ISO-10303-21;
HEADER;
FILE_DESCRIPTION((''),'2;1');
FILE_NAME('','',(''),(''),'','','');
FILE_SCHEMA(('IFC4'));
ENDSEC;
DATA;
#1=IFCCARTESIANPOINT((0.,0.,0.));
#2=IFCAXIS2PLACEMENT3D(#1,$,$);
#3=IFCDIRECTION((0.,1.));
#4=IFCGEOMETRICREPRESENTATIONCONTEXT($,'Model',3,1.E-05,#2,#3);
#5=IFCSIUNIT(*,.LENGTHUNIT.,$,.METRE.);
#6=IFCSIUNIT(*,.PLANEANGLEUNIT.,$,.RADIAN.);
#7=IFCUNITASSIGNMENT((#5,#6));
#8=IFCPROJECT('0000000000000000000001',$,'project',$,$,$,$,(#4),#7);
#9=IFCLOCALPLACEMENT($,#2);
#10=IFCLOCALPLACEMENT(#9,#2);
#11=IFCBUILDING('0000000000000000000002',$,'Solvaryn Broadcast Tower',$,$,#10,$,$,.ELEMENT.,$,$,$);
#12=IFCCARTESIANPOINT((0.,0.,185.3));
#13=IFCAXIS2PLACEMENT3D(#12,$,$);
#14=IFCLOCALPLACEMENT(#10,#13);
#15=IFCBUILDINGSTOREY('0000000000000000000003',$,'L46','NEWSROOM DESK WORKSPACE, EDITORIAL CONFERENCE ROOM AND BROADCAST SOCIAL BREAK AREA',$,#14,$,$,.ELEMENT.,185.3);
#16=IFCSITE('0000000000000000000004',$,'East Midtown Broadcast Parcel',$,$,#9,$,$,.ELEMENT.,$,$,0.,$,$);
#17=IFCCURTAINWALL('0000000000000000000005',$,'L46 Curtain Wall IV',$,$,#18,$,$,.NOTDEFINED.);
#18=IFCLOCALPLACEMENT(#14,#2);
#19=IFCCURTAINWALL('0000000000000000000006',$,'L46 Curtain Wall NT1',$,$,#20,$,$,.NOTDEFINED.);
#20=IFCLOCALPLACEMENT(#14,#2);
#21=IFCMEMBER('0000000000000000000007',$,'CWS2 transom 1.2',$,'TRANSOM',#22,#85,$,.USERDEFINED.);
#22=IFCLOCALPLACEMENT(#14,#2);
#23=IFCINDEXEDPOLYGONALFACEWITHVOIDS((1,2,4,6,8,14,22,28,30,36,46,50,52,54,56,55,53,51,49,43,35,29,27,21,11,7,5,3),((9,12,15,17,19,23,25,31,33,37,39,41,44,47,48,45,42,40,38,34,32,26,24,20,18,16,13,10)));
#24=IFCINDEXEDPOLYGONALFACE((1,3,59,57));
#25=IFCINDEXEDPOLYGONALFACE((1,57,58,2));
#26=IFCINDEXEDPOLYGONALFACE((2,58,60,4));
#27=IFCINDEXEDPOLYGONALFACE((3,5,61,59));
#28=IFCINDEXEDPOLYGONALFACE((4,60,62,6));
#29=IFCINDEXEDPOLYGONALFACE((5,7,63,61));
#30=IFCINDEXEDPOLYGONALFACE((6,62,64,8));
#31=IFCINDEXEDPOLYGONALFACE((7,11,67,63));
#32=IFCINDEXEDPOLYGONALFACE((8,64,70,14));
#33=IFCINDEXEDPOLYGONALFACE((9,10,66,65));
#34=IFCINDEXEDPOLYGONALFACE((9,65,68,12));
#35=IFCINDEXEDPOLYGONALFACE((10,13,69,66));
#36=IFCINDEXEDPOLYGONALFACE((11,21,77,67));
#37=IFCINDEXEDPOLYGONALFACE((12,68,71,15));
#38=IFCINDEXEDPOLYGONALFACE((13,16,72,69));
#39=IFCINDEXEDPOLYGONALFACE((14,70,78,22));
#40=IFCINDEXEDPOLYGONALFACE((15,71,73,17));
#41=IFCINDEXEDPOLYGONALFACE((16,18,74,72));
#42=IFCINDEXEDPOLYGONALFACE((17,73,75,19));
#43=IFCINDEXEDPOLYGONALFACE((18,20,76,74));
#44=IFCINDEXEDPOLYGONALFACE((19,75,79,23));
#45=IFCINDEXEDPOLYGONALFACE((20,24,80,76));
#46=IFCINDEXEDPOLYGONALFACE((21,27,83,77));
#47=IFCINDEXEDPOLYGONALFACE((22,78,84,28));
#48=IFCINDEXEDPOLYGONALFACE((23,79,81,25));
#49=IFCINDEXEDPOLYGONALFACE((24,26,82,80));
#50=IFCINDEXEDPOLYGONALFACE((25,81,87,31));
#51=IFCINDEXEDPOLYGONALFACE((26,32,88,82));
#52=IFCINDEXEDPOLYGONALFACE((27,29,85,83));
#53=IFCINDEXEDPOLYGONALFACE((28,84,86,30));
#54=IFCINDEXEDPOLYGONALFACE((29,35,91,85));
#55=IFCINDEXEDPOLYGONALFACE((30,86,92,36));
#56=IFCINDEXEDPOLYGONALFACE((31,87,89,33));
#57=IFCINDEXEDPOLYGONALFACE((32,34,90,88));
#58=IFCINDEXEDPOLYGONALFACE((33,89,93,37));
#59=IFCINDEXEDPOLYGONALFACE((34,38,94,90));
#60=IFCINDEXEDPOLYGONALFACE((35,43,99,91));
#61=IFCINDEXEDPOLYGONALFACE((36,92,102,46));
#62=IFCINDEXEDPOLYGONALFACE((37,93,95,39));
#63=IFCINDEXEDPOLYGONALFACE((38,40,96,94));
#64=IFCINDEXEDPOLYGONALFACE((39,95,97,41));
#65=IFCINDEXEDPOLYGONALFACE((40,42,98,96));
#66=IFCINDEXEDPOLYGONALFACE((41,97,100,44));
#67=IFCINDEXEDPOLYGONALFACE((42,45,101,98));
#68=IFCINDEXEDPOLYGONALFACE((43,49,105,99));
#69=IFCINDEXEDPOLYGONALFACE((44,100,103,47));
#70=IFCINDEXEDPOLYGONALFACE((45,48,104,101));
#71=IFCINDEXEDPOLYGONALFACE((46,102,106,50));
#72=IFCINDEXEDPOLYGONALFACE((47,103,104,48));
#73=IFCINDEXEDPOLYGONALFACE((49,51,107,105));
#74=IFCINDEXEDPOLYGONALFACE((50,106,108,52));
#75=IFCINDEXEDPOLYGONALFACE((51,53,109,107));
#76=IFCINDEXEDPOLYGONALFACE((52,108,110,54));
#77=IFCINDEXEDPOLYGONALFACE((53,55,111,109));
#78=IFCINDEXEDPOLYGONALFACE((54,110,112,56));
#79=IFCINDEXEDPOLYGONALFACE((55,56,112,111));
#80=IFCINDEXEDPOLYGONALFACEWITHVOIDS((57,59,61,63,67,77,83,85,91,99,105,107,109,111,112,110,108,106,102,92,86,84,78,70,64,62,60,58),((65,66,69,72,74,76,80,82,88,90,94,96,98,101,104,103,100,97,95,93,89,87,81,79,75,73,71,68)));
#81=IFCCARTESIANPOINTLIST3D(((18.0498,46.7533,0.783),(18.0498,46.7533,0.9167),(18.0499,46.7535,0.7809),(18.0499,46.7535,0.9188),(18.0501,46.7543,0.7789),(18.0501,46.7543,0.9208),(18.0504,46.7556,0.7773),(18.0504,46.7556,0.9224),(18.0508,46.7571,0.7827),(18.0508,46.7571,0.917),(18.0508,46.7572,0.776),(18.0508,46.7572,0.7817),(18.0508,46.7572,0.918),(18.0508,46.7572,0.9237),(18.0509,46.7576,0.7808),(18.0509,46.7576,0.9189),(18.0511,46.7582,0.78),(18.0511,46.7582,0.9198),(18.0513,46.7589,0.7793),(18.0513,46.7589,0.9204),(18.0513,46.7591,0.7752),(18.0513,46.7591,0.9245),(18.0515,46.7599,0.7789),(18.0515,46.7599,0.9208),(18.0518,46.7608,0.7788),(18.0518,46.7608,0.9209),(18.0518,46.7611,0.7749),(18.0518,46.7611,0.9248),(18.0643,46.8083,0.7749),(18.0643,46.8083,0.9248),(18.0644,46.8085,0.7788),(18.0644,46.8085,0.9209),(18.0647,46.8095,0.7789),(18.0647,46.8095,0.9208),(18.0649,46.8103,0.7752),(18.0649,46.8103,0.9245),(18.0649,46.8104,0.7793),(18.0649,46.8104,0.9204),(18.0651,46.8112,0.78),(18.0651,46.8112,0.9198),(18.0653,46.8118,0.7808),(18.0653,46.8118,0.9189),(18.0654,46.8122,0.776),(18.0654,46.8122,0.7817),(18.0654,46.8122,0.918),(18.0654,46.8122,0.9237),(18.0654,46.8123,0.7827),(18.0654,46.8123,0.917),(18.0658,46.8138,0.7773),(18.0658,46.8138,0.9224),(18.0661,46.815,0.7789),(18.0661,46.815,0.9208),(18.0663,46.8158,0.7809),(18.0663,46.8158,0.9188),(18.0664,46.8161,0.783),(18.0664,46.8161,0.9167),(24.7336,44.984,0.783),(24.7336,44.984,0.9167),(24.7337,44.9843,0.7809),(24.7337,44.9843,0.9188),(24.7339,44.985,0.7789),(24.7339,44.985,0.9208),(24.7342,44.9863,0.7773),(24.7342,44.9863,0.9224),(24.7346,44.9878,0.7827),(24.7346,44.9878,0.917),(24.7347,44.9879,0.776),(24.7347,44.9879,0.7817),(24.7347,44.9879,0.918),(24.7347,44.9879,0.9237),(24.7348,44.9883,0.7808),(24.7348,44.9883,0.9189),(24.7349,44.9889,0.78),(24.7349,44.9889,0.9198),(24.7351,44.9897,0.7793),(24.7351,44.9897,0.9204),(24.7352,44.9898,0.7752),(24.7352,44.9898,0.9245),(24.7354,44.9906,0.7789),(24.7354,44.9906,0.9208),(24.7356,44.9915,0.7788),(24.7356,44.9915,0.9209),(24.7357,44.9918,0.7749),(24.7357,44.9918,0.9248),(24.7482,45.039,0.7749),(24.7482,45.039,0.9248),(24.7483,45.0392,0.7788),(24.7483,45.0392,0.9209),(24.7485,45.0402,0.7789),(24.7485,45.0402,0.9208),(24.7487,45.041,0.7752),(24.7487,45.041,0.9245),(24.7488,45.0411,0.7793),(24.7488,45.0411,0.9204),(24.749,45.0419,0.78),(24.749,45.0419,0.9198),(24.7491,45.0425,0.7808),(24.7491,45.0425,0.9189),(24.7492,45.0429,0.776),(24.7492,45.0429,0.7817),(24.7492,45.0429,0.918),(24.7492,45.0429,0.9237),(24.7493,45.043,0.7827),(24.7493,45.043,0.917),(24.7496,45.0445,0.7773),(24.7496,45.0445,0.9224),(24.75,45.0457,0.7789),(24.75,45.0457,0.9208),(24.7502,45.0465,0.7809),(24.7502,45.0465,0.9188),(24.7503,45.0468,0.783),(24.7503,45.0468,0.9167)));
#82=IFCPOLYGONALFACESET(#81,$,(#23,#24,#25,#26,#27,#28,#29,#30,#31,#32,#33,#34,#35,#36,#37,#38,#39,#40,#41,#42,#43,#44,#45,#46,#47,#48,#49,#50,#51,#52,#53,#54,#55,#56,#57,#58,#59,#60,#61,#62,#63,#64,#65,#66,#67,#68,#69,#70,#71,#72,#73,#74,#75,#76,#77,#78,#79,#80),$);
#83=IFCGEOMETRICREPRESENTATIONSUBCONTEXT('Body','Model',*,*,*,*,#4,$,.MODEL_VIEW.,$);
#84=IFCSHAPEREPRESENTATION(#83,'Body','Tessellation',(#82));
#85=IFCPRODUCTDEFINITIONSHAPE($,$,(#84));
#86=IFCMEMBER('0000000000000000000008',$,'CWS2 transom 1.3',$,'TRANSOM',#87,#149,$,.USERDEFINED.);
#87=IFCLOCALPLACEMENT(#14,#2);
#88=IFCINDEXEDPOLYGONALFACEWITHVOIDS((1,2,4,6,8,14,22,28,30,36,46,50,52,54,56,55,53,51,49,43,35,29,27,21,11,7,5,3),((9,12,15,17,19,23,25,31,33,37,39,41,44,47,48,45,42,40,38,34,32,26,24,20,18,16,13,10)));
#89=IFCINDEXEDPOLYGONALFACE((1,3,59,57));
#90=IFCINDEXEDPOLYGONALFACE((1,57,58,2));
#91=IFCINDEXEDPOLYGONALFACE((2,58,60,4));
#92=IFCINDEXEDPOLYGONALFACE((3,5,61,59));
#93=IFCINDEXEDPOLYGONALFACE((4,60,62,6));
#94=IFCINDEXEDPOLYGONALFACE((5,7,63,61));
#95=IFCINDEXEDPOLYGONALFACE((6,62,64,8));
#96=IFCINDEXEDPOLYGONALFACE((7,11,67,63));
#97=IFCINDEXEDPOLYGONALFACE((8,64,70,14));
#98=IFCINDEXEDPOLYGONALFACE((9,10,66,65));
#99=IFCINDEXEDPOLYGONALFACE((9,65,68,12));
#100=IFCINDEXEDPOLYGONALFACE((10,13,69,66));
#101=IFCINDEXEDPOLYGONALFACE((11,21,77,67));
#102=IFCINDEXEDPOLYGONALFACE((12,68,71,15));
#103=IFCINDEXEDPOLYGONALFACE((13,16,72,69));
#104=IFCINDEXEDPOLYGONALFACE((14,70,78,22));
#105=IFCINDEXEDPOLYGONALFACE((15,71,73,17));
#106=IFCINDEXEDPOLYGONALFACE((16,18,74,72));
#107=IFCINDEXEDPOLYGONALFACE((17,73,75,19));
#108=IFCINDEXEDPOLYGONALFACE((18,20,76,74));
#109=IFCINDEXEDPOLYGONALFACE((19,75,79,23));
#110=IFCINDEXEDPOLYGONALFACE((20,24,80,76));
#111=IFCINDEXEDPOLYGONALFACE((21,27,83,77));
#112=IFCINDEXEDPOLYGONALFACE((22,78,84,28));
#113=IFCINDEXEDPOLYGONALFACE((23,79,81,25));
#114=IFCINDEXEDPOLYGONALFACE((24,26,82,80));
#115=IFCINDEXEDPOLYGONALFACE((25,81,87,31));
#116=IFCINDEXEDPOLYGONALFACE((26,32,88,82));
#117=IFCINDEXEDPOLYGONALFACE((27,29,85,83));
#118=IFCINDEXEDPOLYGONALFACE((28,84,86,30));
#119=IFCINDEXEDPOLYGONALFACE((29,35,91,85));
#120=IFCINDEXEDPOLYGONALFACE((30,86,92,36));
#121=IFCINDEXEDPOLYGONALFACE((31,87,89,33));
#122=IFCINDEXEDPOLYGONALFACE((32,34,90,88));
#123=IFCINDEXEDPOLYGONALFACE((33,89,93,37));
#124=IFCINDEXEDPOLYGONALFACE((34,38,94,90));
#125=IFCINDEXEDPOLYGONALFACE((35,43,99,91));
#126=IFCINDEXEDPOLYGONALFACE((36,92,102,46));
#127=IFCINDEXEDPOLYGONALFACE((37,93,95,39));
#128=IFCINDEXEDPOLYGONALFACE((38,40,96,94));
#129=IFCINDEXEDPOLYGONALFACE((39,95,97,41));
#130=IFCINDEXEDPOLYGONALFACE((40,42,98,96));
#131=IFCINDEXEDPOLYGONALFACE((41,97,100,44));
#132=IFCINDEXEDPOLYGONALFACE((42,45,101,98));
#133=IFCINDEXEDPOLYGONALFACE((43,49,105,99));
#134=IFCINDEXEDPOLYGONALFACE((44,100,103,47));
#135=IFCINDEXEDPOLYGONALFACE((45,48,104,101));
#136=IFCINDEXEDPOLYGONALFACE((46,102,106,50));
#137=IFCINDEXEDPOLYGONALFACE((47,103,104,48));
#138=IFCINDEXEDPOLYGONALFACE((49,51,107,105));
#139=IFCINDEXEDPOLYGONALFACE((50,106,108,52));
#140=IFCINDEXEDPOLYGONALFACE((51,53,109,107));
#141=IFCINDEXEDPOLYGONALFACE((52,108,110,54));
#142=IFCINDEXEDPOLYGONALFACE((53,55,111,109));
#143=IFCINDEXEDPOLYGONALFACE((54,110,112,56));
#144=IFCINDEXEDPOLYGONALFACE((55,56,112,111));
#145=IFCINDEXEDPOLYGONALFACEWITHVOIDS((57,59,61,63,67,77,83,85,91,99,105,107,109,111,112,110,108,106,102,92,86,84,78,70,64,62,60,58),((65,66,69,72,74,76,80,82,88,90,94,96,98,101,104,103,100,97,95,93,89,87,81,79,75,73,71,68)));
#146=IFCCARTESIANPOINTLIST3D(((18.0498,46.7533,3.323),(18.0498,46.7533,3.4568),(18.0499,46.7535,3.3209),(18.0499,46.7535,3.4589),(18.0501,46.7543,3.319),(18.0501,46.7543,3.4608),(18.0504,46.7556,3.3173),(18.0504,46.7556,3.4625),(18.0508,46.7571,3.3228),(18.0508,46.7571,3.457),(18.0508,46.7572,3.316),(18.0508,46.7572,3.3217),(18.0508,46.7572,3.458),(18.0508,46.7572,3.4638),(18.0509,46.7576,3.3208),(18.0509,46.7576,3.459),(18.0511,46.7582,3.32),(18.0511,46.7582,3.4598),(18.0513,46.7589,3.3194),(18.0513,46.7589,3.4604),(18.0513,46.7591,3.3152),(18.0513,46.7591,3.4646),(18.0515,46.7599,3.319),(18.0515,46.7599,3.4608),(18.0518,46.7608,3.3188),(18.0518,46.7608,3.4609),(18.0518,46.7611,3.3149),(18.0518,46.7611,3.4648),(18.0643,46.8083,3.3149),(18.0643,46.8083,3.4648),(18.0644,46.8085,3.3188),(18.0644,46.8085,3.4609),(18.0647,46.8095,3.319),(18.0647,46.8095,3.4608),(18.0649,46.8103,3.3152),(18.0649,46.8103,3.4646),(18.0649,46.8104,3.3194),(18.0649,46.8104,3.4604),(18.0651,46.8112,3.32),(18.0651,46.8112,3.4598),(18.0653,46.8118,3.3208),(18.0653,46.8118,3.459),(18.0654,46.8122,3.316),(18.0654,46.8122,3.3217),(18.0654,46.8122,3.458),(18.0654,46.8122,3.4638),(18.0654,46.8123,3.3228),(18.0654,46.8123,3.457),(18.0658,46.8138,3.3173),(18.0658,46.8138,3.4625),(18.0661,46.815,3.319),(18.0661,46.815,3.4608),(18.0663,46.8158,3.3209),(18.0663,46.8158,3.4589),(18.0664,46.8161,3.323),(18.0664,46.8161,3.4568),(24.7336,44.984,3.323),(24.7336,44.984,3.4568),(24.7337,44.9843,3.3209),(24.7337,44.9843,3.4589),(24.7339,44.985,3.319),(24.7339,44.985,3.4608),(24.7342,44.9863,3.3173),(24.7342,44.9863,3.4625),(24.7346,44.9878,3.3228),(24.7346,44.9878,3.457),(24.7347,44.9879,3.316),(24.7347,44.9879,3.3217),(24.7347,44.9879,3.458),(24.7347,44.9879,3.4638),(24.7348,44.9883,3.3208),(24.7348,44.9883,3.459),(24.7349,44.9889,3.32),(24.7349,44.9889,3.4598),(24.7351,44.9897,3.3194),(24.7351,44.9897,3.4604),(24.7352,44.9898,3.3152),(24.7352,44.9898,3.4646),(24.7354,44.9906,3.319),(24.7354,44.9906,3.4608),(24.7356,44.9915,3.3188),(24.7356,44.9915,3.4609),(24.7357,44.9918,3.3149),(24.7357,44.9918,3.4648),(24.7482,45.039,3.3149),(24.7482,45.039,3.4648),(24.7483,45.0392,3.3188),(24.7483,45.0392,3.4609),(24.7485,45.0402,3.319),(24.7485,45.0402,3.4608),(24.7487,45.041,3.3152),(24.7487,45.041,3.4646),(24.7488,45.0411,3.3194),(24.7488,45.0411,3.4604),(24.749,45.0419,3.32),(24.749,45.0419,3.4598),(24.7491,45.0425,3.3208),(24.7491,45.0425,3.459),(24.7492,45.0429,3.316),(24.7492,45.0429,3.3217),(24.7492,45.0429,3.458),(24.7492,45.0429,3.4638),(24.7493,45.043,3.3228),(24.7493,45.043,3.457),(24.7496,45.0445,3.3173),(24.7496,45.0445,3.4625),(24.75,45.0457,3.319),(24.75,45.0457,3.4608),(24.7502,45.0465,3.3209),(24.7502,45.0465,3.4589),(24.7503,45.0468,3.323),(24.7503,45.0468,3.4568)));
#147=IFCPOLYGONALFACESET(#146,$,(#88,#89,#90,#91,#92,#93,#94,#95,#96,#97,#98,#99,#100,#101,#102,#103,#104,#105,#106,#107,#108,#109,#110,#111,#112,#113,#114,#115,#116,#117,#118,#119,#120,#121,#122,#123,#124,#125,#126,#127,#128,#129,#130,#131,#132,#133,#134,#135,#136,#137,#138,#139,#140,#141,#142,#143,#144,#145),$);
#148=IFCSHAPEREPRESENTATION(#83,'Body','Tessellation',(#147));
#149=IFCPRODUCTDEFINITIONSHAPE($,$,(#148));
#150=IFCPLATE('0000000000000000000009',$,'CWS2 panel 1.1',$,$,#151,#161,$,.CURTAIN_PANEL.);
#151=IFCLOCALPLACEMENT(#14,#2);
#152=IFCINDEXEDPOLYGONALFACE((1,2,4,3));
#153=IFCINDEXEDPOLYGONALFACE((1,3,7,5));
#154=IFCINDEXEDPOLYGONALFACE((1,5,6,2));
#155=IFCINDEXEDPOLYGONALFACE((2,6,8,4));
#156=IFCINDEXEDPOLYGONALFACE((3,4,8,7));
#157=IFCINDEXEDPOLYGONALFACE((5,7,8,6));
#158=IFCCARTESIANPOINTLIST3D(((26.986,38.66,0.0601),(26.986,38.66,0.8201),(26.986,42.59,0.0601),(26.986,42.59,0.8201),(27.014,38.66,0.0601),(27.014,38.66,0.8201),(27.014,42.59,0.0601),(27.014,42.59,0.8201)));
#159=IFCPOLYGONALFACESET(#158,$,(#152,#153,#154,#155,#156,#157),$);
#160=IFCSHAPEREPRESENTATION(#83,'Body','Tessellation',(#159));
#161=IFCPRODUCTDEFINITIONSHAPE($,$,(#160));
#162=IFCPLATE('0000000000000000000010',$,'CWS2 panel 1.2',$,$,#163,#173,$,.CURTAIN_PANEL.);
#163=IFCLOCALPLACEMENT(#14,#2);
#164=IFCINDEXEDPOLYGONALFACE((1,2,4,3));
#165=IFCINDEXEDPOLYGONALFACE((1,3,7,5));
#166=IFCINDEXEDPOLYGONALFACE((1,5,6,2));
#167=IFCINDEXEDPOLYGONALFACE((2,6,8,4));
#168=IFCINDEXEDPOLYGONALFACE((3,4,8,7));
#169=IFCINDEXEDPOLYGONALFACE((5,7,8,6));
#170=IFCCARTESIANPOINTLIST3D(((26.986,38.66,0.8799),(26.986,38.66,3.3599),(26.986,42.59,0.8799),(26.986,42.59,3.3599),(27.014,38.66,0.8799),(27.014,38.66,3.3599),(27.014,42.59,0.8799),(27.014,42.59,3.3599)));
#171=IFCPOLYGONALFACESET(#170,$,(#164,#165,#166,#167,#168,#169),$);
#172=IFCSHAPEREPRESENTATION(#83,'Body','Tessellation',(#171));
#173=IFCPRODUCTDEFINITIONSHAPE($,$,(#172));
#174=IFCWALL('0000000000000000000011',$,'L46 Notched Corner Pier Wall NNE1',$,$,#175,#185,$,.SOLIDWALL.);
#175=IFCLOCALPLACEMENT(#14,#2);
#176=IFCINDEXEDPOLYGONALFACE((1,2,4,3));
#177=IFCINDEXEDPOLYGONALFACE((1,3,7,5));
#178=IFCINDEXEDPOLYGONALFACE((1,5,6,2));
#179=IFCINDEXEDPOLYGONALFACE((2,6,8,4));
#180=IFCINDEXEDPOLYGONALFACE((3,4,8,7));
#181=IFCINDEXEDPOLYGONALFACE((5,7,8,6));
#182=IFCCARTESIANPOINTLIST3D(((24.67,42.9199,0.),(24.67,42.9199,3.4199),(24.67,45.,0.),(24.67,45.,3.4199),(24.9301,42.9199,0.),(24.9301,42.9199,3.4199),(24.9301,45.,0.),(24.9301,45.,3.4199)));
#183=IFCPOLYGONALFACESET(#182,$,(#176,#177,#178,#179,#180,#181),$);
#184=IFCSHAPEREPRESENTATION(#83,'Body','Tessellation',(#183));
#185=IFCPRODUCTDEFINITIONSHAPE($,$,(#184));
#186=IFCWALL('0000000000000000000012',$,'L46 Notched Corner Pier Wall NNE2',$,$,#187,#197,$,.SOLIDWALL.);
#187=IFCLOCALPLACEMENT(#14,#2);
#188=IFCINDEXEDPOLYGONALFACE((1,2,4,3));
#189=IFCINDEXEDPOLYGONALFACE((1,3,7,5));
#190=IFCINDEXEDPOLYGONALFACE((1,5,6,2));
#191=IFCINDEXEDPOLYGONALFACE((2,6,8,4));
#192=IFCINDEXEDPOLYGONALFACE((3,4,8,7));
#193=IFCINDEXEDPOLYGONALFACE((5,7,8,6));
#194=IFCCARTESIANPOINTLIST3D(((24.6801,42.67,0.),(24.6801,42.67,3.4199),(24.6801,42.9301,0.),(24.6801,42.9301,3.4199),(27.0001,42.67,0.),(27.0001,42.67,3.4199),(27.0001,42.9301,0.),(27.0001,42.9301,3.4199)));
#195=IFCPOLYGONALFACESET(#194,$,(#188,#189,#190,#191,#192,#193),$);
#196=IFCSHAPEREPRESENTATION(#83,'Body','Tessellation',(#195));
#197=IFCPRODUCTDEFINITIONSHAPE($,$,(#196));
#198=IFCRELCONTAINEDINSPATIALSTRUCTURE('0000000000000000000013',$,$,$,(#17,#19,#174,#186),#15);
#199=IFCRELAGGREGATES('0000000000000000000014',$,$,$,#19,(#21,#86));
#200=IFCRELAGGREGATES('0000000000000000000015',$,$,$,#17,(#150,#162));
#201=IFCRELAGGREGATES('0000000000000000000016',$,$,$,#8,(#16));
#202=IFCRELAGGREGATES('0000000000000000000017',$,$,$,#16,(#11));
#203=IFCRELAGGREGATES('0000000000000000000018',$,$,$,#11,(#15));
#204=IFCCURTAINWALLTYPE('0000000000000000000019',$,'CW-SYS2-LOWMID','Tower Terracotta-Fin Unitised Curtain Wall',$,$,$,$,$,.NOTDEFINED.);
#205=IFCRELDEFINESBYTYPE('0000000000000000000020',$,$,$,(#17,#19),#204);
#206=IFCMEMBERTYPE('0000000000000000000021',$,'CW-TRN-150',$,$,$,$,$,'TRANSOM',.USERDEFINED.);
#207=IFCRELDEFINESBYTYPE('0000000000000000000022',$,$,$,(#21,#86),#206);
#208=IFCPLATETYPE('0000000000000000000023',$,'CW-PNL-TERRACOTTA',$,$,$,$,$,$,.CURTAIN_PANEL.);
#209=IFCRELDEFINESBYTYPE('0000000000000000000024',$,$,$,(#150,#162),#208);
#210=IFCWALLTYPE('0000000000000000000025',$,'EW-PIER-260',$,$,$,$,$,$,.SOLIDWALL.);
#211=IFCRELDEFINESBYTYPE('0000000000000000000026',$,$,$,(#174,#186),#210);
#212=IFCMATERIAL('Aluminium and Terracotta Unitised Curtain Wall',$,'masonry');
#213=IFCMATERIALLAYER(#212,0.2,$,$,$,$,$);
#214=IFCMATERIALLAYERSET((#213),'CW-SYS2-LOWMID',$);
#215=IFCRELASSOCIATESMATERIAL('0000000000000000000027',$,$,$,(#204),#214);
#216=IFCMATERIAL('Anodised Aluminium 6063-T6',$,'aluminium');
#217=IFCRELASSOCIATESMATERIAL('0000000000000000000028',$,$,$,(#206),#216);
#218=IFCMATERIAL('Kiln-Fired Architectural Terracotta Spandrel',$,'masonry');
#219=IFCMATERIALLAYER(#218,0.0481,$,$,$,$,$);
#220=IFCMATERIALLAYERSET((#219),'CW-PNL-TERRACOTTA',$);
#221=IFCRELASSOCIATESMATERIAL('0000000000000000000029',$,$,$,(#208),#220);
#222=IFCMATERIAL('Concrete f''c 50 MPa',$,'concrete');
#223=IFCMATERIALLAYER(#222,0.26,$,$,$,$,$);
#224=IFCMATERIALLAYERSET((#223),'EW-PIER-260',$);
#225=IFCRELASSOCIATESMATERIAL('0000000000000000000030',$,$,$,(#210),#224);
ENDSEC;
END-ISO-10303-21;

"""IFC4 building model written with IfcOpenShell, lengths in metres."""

from ifc_helpers import new_model, si_unit, direction, frame, frame_2d, origin, origin_2d, place, context, subcontext, project, spatial, rectangle, hollow_rectangle, extrude, material, layer, layer_set, material_profile, profile_set, type_object, element, aggregate, save


model = new_model("IFC4")

# Units and contexts
model_context = context("Model", 3, precision=1e-05, world=origin(), true_north=direction((0.0, 1.0)))
body_context = subcontext(model_context, "Body", "Model", "MODEL_VIEW")
ifc_project = project(units=[si_unit("LENGTHUNIT", "METRE"), si_unit("PLANEANGLEUNIT", "RADIAN")], contexts=[model_context])

# Site, building, storey
site_placement = place(None, origin())
site = spatial("IfcSite", under=ifc_project, at=site_placement, Name="East Midtown Broadcast Parcel", CompositionType="ELEMENT", RefElevation=0.0)
building_placement = place(site_placement, origin())
building = spatial("IfcBuilding", under=site, at=building_placement, Name="Solvaryn Broadcast Tower", CompositionType="ELEMENT")
storey_placement = place(building_placement, frame((0.0, 0.0, 185.3)))
storey = spatial("IfcBuildingStorey", under=building, at=storey_placement, Name="L46", Description="NEWSROOM DESK WORKSPACE, EDITORIAL CONFERENCE ROOM AND BROADCAST SOCIAL BREAK AREA", CompositionType="ELEMENT", Elevation=185.3)

# Curtain wall
ifc_material_1 = material(Name="Aluminium and Terracotta Unitised Curtain Wall", Category="masonry")
ifc_layer_1 = layer(ifc_material_1, 0.2)
ifc_layer_set_1 = layer_set([ifc_layer_1], Name="CW-SYS2-LOWMID")
curtain_wall_type = type_object("IfcCurtainWallType", Name="CW-SYS2-LOWMID", Description="Tower Terracotta-Fin Unitised Curtain Wall", PredefinedType="NOTDEFINED", material=ifc_layer_set_1)
curtain_wall_1_placement = place(storey_placement, origin())
curtain_wall_1 = element("IfcCurtainWall", 1, at=curtain_wall_1_placement, inside=storey, type_object=curtain_wall_type, Name="L46 Curtain Wall IV", PredefinedType="NOTDEFINED")

# Curtain wall
curtain_wall_2_placement = place(storey_placement, origin())
curtain_wall_2 = element("IfcCurtainWall", 2, at=curtain_wall_2_placement, inside=storey, type_object=curtain_wall_type, Name="L46 Curtain Wall NT1", PredefinedType="NOTDEFINED")

# Members
ifc_material_2 = material(Name="Anodised Aluminium 6063-T6", Category="aluminium")
ifc_material_profile_1 = material_profile(ifc_material_2, hollow_rectangle(XDim=0.0649, YDim=0.1499, WallThickness=0.0039, InnerFilletRadius=0.0039, OuterFilletRadius=0.0081, at=origin_2d()))
ifc_profile_set_1 = profile_set([ifc_material_profile_1], Name="Anodised Aluminium 6063-T6")
member_type_1 = type_object("IfcMemberType", Name="CW-TRN-150", ElementType="TRANSOM", PredefinedType="USERDEFINED", material=ifc_profile_set_1)
member_1_placement = place(storey_placement, frame((24.7419, 45.0154, 0.8499), z_axis=(-0.966704, 0.255897, 0.0), x_axis=(-0.255897, -0.966704, 0.0)))
member_1 = element("IfcMember", 3, at=member_1_placement, type_object=member_type_1, Name="CWS2 transom 1.2", ObjectType="TRANSOM", PredefinedType="USERDEFINED", context=body_context, shape_type="SweptSolid", body=[
    extrude(hollow_rectangle(XDim=0.0649, YDim=0.1499, WallThickness=0.0039, InnerFilletRadius=0.0039, OuterFilletRadius=0.0081, at=origin_2d()), origin(), (0.0, 0.0, 1.0), 6.9141),
])
member_2_placement = place(storey_placement, frame((24.7419, 45.0154, 3.3899), z_axis=(-0.966704, 0.255897, 0.0), x_axis=(-0.255897, -0.966704, 0.0)))
member_2 = element("IfcMember", 4, at=member_2_placement, type_object=member_type_1, Name="CWS2 transom 1.3", ObjectType="TRANSOM", PredefinedType="USERDEFINED", context=body_context, shape_type="SweptSolid", body=[
    extrude(hollow_rectangle(XDim=0.0649, YDim=0.1499, WallThickness=0.0039, InnerFilletRadius=0.0039, OuterFilletRadius=0.0081, at=origin_2d()), origin(), (0.0, 0.0, 1.0), 6.9141),
])
aggregate(curtain_wall_2, [member_1, member_2])

# Plates
ifc_material_3 = material(Name="Kiln-Fired Architectural Terracotta Spandrel", Category="masonry")
ifc_layer_2 = layer(ifc_material_3, 0.0481)
ifc_layer_set_2 = layer_set([ifc_layer_2], Name="CW-PNL-TERRACOTTA")
plate_type = type_object("IfcPlateType", Name="CW-PNL-TERRACOTTA", PredefinedType="CURTAIN_PANEL", material=ifc_layer_set_2)
plate_1_placement = place(storey_placement, frame((27.0, 40.625, 0.0601), z_axis=(0.0, 0.0, 1.0), x_axis=(0.0, -1.0, 0.0)))
plate_1 = element("IfcPlate", 5, at=plate_1_placement, type_object=plate_type, Name="CWS2 panel 1.1", PredefinedType="CURTAIN_PANEL", context=body_context, shape_type="SweptSolid", body=[
    extrude(rectangle(XDim=3.9299, YDim=0.0281, at=origin_2d()), origin(), (0.0, 0.0, 1.0), 0.76),
])
plate_2_placement = place(storey_placement, frame((27.0, 40.625, 0.8799), z_axis=(0.0, 0.0, 1.0), x_axis=(0.0, -1.0, 0.0)))
plate_2 = element("IfcPlate", 6, at=plate_2_placement, type_object=plate_type, Name="CWS2 panel 1.2", PredefinedType="CURTAIN_PANEL", context=body_context, shape_type="SweptSolid", body=[
    extrude(rectangle(XDim=3.9299, YDim=0.0281, at=origin_2d()), origin(), (0.0, 0.0, 1.0), 2.48),
])
aggregate(curtain_wall_1, [plate_1, plate_2])

# Walls
ifc_material_4 = material(Name="Concrete f'c 50 MPa", Category="concrete")
ifc_layer_3 = layer(ifc_material_4, 0.26)
ifc_layer_set_3 = layer_set([ifc_layer_3], Name="EW-PIER-260")
wall_type_1 = type_object("IfcWallType", Name="EW-PIER-260", PredefinedType="SOLIDWALL", material=ifc_layer_set_3)
wall_1_placement = place(storey_placement, frame((24.8, 45.0, 0.0), z_axis=(0.0, 0.0, 1.0), x_axis=(0.0, -1.0, 0.0)))
element("IfcWall", 7, at=wall_1_placement, inside=storey, type_object=wall_type_1, Name="L46 Notched Corner Pier Wall NNE1", PredefinedType="SOLIDWALL", context=body_context, shape_type="SweptSolid", body=[
    extrude(rectangle(XDim=2.0801, YDim=0.26, at=frame_2d((1.04, 0.0))), origin(), (0.0, 0.0, 1.0), 3.4199),
])
wall_2_placement = place(storey_placement, frame((24.6799, 42.8, 0.0), z_axis=(0.0, 0.0, 1.0), x_axis=(1.0, 0.0, 0.0)))
element("IfcWall", 8, at=wall_2_placement, inside=storey, type_object=wall_type_1, Name="L46 Notched Corner Pier Wall NNE2", PredefinedType="SOLIDWALL", context=body_context, shape_type="SweptSolid", body=[
    extrude(rectangle(XDim=2.3201, YDim=0.26, at=frame_2d((1.1602, 0.0))), origin(), (0.0, 0.0, 1.0), 3.4199),
])

save(model, "model.ifc")
